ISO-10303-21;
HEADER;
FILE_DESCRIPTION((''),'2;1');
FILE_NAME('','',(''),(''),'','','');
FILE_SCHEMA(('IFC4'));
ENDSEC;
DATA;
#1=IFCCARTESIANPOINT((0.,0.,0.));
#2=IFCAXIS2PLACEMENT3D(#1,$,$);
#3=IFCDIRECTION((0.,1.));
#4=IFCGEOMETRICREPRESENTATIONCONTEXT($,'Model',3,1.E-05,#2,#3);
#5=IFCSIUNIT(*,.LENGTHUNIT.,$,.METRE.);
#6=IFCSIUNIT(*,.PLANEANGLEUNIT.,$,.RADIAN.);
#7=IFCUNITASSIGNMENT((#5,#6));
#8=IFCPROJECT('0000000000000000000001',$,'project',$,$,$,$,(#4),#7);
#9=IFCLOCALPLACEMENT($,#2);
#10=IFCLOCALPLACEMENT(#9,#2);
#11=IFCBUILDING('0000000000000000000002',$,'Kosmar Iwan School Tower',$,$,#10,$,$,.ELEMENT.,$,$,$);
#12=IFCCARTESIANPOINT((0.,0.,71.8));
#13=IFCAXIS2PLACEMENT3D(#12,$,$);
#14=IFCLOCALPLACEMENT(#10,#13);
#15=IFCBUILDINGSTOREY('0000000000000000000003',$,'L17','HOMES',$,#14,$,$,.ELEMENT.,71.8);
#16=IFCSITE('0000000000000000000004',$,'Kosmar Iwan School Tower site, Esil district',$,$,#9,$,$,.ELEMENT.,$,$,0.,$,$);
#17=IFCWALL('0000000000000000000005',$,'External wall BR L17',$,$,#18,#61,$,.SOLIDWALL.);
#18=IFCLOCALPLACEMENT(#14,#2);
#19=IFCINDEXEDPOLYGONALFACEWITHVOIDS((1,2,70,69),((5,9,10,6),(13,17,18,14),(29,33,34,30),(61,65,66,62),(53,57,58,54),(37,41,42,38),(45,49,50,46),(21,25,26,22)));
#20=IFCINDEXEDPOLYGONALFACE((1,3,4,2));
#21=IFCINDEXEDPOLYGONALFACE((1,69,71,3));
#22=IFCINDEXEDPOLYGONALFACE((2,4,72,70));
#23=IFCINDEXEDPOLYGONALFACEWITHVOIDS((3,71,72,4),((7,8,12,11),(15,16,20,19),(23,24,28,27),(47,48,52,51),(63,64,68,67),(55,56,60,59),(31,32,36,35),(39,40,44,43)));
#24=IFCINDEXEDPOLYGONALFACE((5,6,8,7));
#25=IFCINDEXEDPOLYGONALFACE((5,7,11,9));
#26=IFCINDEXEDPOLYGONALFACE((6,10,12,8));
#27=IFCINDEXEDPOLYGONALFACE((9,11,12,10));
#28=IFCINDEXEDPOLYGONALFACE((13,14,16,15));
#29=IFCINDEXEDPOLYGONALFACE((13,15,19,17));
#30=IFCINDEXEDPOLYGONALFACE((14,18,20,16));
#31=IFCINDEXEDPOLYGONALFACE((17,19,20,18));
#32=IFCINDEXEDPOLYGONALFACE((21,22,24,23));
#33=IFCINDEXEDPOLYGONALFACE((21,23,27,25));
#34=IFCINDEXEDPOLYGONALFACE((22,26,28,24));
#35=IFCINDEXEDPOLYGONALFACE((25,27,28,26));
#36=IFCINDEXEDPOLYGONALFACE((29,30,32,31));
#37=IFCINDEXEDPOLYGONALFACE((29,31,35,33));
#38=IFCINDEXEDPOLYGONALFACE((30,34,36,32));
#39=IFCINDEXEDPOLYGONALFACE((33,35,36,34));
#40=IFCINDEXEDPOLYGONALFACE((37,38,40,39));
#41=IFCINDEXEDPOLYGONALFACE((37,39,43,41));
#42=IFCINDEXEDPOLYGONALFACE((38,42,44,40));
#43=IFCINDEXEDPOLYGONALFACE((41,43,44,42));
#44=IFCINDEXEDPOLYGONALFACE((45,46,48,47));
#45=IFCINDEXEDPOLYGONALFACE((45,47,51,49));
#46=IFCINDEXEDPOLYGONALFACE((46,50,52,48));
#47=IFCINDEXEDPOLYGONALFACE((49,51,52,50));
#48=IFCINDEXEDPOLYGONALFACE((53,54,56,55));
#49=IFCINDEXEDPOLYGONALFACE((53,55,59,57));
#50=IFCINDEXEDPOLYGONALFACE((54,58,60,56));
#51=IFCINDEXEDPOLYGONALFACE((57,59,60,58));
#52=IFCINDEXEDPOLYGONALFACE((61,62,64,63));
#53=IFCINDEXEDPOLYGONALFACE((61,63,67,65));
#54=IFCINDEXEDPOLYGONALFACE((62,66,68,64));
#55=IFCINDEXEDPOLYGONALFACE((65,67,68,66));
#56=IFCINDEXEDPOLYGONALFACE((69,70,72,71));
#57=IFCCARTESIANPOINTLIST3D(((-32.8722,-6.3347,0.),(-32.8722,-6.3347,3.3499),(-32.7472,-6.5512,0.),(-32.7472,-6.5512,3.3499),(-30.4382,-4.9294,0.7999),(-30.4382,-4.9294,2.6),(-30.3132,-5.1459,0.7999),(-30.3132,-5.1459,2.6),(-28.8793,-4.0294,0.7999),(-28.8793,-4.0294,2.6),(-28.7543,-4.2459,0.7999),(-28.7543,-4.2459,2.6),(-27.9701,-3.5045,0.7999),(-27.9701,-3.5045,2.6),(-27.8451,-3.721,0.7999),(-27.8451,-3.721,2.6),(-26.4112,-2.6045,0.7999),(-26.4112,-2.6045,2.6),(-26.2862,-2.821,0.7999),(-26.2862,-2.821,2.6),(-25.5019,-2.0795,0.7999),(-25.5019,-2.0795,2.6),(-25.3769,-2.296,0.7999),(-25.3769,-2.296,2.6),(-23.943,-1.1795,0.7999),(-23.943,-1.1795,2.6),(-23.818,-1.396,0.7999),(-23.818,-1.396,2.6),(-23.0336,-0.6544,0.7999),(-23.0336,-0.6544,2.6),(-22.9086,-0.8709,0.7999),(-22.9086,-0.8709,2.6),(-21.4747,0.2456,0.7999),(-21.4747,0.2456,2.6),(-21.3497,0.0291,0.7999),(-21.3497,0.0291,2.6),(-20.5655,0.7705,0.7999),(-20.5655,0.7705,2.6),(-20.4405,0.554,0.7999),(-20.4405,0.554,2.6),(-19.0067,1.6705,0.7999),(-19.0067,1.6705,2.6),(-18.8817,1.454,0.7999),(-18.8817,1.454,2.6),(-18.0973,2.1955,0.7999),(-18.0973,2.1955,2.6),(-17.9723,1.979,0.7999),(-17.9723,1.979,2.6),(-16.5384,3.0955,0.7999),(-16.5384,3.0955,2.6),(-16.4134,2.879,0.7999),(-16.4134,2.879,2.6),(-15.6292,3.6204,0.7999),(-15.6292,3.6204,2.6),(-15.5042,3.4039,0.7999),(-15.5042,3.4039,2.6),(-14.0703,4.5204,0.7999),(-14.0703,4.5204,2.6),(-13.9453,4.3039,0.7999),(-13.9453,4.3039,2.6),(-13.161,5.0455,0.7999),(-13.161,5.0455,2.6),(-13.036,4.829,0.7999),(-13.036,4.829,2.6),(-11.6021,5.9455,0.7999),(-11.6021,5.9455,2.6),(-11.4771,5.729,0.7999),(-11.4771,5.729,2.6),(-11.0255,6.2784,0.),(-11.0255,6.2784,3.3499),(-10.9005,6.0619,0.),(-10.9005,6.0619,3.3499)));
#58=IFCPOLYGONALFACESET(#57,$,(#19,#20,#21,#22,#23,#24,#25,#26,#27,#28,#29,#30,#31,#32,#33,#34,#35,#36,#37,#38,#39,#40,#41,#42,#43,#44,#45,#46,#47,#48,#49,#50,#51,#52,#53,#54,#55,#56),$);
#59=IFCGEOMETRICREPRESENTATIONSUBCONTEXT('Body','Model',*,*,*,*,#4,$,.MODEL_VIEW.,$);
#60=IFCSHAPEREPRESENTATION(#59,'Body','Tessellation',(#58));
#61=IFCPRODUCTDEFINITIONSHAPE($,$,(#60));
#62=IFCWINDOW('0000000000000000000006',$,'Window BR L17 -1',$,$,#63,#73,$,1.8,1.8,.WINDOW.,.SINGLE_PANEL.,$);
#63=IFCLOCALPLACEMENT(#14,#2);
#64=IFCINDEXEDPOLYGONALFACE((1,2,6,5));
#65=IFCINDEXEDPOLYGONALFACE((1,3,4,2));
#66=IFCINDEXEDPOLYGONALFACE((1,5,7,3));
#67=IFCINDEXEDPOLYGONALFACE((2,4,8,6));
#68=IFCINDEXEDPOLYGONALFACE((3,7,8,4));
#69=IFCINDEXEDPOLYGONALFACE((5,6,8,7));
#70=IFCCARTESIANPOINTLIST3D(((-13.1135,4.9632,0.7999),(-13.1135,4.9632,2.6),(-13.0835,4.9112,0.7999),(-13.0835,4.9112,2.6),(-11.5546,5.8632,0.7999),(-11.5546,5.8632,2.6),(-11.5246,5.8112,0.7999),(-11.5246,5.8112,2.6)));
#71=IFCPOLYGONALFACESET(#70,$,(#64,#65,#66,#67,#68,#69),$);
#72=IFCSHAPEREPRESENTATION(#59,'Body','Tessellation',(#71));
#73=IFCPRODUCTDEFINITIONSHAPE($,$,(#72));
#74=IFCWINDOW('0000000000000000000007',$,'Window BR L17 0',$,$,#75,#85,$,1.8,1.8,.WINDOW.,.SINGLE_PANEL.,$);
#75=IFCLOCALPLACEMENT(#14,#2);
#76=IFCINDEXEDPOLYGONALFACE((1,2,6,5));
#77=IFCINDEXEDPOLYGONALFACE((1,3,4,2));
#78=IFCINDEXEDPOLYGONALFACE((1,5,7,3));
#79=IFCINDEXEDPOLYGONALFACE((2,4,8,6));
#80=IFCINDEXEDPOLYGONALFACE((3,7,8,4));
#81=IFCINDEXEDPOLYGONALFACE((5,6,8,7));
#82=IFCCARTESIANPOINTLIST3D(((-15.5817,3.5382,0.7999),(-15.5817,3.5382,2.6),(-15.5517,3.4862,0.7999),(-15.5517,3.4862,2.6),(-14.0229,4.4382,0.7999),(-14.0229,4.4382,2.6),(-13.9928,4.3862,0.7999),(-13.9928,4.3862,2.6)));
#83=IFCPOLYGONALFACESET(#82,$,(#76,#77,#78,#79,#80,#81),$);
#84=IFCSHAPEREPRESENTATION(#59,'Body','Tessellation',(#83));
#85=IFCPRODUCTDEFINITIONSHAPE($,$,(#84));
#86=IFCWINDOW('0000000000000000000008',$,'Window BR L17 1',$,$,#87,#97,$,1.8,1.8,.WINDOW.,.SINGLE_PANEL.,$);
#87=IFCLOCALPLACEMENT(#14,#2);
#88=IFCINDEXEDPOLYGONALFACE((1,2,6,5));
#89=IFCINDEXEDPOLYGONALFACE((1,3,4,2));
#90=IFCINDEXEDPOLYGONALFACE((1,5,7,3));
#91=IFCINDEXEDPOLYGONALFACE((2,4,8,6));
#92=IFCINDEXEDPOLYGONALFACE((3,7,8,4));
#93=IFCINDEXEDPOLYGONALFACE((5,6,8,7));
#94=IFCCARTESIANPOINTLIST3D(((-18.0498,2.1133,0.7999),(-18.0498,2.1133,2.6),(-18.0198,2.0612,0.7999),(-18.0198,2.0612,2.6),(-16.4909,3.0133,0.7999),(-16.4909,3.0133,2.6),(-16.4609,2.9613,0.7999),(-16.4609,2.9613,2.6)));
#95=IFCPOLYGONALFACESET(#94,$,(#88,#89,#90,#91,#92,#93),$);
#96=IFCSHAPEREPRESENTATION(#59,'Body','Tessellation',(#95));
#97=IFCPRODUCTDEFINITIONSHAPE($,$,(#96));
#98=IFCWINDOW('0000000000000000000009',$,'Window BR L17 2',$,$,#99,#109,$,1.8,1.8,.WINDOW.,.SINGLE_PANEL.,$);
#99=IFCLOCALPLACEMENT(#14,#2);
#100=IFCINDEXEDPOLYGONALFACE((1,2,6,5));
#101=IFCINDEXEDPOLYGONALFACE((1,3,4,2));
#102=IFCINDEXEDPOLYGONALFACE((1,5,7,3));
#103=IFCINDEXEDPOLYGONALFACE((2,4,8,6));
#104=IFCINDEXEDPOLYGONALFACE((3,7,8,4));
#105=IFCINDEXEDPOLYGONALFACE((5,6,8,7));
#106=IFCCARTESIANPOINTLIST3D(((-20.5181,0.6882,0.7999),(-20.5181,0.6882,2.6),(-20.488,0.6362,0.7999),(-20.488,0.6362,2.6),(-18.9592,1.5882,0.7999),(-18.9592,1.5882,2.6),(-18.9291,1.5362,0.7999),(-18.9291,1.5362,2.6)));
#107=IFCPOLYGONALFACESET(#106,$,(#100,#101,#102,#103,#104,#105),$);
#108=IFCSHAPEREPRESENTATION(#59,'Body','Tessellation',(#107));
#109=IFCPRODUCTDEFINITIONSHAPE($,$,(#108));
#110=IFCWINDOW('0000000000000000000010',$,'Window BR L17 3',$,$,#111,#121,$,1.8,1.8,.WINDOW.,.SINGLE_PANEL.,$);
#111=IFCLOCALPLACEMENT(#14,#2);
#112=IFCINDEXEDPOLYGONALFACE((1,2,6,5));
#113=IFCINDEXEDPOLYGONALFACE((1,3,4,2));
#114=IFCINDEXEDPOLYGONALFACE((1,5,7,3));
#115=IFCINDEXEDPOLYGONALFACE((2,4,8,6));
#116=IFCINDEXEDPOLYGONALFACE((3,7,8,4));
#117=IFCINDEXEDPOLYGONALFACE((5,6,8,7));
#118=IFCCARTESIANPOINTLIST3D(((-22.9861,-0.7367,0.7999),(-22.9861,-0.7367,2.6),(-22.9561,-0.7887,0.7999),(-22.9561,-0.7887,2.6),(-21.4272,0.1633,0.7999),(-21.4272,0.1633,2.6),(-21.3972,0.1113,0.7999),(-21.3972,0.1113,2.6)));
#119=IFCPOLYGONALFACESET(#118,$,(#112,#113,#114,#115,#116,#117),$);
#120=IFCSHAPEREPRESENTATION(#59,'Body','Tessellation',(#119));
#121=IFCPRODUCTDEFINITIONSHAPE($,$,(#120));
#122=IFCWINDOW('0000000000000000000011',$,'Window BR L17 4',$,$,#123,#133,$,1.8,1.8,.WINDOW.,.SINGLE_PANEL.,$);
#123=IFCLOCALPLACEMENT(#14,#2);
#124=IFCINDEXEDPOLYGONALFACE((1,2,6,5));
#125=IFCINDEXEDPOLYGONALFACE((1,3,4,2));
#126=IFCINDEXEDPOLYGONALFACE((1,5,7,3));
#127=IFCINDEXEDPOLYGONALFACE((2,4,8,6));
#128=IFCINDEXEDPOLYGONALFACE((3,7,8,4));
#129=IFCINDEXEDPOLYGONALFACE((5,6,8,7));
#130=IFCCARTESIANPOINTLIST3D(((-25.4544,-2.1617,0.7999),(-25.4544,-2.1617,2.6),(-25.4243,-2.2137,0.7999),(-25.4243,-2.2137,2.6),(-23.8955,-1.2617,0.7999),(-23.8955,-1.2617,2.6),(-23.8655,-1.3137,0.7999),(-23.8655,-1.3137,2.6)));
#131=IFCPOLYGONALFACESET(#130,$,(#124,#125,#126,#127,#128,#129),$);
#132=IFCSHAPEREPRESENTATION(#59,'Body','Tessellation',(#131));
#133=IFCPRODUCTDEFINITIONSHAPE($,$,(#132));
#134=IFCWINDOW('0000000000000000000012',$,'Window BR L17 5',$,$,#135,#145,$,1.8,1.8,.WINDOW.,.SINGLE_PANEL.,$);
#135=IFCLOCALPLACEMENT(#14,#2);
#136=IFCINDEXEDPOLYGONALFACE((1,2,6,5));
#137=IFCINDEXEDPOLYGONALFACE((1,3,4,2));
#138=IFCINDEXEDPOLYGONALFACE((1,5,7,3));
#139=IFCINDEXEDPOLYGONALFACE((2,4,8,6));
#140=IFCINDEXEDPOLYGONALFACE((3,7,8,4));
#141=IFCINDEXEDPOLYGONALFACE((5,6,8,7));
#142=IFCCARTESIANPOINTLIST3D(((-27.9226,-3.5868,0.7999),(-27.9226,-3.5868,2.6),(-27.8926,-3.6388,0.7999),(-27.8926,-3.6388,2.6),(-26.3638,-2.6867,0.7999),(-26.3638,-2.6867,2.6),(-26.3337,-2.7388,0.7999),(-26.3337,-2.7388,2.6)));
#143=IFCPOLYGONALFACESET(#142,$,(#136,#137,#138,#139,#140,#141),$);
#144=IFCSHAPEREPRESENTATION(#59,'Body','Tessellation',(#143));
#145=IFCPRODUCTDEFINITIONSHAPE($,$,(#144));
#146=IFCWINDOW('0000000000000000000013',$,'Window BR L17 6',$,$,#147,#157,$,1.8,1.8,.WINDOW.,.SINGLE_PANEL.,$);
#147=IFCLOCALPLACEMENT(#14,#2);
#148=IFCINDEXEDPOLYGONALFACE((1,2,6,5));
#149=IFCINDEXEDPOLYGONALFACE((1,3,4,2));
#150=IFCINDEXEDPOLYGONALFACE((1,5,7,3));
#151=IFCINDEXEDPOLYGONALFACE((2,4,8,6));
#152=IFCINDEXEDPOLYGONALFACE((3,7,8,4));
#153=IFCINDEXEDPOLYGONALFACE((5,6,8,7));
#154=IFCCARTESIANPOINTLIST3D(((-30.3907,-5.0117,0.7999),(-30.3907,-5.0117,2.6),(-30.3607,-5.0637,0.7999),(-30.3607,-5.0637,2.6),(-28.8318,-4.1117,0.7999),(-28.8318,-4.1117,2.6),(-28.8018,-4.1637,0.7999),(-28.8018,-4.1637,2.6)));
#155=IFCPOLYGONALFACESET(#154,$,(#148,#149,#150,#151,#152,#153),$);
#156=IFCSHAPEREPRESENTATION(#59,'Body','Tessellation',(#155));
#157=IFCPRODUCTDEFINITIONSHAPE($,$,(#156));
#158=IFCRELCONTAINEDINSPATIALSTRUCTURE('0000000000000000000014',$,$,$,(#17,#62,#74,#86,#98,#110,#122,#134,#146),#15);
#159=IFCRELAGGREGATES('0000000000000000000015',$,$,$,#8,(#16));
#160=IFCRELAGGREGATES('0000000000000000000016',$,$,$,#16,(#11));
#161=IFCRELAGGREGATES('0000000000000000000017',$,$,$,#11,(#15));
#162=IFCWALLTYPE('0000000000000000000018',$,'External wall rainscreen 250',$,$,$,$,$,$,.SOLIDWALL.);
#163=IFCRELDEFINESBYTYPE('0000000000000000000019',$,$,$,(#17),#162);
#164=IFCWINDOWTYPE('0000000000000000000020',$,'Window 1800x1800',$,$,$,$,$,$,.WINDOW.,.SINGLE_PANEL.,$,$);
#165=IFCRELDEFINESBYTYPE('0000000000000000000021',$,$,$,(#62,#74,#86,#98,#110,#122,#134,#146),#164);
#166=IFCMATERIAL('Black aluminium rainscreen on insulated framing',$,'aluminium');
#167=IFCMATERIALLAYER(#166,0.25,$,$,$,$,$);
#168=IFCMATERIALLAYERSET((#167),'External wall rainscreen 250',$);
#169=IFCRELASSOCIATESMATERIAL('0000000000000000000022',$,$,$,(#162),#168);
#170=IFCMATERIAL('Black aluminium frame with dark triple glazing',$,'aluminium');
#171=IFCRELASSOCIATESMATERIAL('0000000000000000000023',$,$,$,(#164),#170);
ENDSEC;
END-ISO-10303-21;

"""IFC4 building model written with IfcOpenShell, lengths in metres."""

from ifc_helpers import new_model, si_unit, direction, frame, frame_2d, origin, place, context, subcontext, project, spatial, rectangle, extrude, material, layer, layer_set, type_object, element, fill, save


model = new_model("IFC4")

# Units and contexts
model_context = context("Model", 3, precision=1e-05, world=origin(), true_north=direction((0.0, 1.0)))
body_context = subcontext(model_context, "Body", "Model", "MODEL_VIEW")
ifc_project = project(units=[si_unit("LENGTHUNIT", "METRE"), si_unit("PLANEANGLEUNIT", "RADIAN")], contexts=[model_context])

# Site, building, storey
site_placement = place(None, origin())
site = spatial("IfcSite", under=ifc_project, at=site_placement, Name="Kosmar Iwan School Tower site, Esil district", CompositionType="ELEMENT", RefElevation=0.0)
building_placement = place(site_placement, origin())
building = spatial("IfcBuilding", under=site, at=building_placement, Name="Kosmar Iwan School Tower", CompositionType="ELEMENT")
storey_placement = place(building_placement, frame((0.0, 0.0, 71.8)))
storey = spatial("IfcBuildingStorey", under=building, at=storey_placement, Name="L17", Description="HOMES", CompositionType="ELEMENT", Elevation=71.8)

# Wall, openings, windows
ifc_material_1 = material(Name="Black aluminium rainscreen on insulated framing", Category="aluminium")
ifc_layer = layer(ifc_material_1, 0.25)
ifc_layer_set = layer_set([ifc_layer], Name="External wall rainscreen 250")
wall_type = type_object("IfcWallType", Name="External wall rainscreen 250", PredefinedType="SOLIDWALL", material=ifc_layer_set)
ifc_material_2 = material(Name="Black aluminium frame with dark triple glazing", Category="aluminium")
window_type = type_object("IfcWindowType", Name="Window 1800x1800", PartitioningType="SINGLE_PANEL", PredefinedType="WINDOW", material=ifc_material_2)
wall_1_placement = place(storey_placement, frame((-10.9629, 6.1702, 0.0), z_axis=(0.0, 0.0, 1.0), x_axis=(-0.866028, -0.499996, 0.0)))
wall_1 = element("IfcWall", 1, at=wall_1_placement, inside=storey, type_object=wall_type, Name="External wall BR L17", PredefinedType="SOLIDWALL", context=body_context, shape_type="SweptSolid", body=[
    extrude(rectangle(XDim=25.2263, YDim=0.25, at=frame_2d((12.6133, 0.0))), origin(), (0.0, 0.0, 1.0), 3.3499),
])
opening_1_placement = place(wall_1_placement, frame((0.666, 0.0, 0.8)))
opening_1 = element("IfcOpeningElement", 2, at=opening_1_placement, cuts=wall_1, PredefinedType="OPENING", context=body_context, shape_type="SweptSolid", body=[
    extrude(rectangle(XDim=1.8, YDim=1.8, at=frame_2d((0.8999, 0.8999))), frame((0.0, 0.137, 0.0), z_axis=(0.0, -1.0, 0.0), x_axis=(1.0, 0.0, 0.0)), (0.0, 0.0, 1.0), 0.2739),
])
opening_2_placement = place(wall_1_placement, frame((3.5161, 0.0, 0.8)))
opening_2 = element("IfcOpeningElement", 3, at=opening_2_placement, cuts=wall_1, PredefinedType="OPENING", context=body_context, shape_type="SweptSolid", body=[
    extrude(rectangle(XDim=1.8, YDim=1.8, at=frame_2d((0.8999, 0.8999))), frame((0.0, 0.137, 0.0), z_axis=(0.0, -1.0, 0.0), x_axis=(1.0, 0.0, 0.0)), (0.0, 0.0, 1.0), 0.2739),
])
opening_3_placement = place(wall_1_placement, frame((6.366, 0.0, 0.8)))
opening_3 = element("IfcOpeningElement", 4, at=opening_3_placement, cuts=wall_1, PredefinedType="OPENING", context=body_context, shape_type="SweptSolid", body=[
    extrude(rectangle(XDim=1.8, YDim=1.8, at=frame_2d((0.8999, 0.8999))), frame((0.0, 0.137, 0.0), z_axis=(0.0, -1.0, 0.0), x_axis=(1.0, 0.0, 0.0)), (0.0, 0.0, 1.0), 0.2739),
])
opening_4_placement = place(wall_1_placement, frame((9.2161, 0.0, 0.8)))
opening_4 = element("IfcOpeningElement", 5, at=opening_4_placement, cuts=wall_1, PredefinedType="OPENING", context=body_context, shape_type="SweptSolid", body=[
    extrude(rectangle(XDim=1.8, YDim=1.8, at=frame_2d((0.8999, 0.8999))), frame((0.0, 0.137, 0.0), z_axis=(0.0, -1.0, 0.0), x_axis=(1.0, 0.0, 0.0)), (0.0, 0.0, 1.0), 0.2739),
])
opening_5_placement = place(wall_1_placement, frame((12.0659, 0.0, 0.8)))
opening_5 = element("IfcOpeningElement", 6, at=opening_5_placement, cuts=wall_1, PredefinedType="OPENING", context=body_context, shape_type="SweptSolid", body=[
    extrude(rectangle(XDim=1.8, YDim=1.8, at=frame_2d((0.8999, 0.8999))), frame((0.0, 0.137, 0.0), z_axis=(0.0, -1.0, 0.0), x_axis=(1.0, 0.0, 0.0)), (0.0, 0.0, 1.0), 0.2739),
])
opening_6_placement = place(wall_1_placement, frame((14.916, 0.0, 0.8)))
opening_6 = element("IfcOpeningElement", 7, at=opening_6_placement, cuts=wall_1, PredefinedType="OPENING", context=body_context, shape_type="SweptSolid", body=[
    extrude(rectangle(XDim=1.8, YDim=1.8, at=frame_2d((0.8999, 0.8999))), frame((0.0, 0.137, 0.0), z_axis=(0.0, -1.0, 0.0), x_axis=(1.0, 0.0, 0.0)), (0.0, 0.0, 1.0), 0.2739),
])
opening_7_placement = place(wall_1_placement, frame((17.7661, 0.0, 0.8)))
opening_7 = element("IfcOpeningElement", 8, at=opening_7_placement, cuts=wall_1, PredefinedType="OPENING", context=body_context, shape_type="SweptSolid", body=[
    extrude(rectangle(XDim=1.8, YDim=1.8, at=frame_2d((0.8999, 0.8999))), frame((0.0, 0.137, 0.0), z_axis=(0.0, -1.0, 0.0), x_axis=(1.0, 0.0, 0.0)), (0.0, 0.0, 1.0), 0.2739),
])
opening_8_placement = place(wall_1_placement, frame((20.616, 0.0, 0.8)))
opening_8 = element("IfcOpeningElement", 9, at=opening_8_placement, cuts=wall_1, PredefinedType="OPENING", context=body_context, shape_type="SweptSolid", body=[
    extrude(rectangle(XDim=1.8, YDim=1.8, at=frame_2d((0.8999, 0.8999))), frame((0.0, 0.137, 0.0), z_axis=(0.0, -1.0, 0.0), x_axis=(1.0, 0.0, 0.0)), (0.0, 0.0, 1.0), 0.2739),
])
window_1_placement = place(opening_1_placement, origin())
window_1 = element("IfcWindow", 10, at=window_1_placement, inside=storey, type_object=window_type, Name="Window BR L17 -1", OverallHeight=1.8, OverallWidth=1.8, PartitioningType="SINGLE_PANEL", PredefinedType="WINDOW", context=body_context, shape_type="SweptSolid", body=[
    extrude(rectangle(XDim=1.8, YDim=1.8, at=frame_2d((0.8999, 0.8999))), frame((0.0, 0.03, 0.0), z_axis=(0.0, -1.0, 0.0), x_axis=(1.0, 0.0, 0.0)), (0.0, 0.0, 1.0), 0.0601),
])
fill(opening_1, window_1)
window_2_placement = place(opening_2_placement, origin())
window_2 = element("IfcWindow", 11, at=window_2_placement, inside=storey, type_object=window_type, Name="Window BR L17 0", OverallHeight=1.8, OverallWidth=1.8, PartitioningType="SINGLE_PANEL", PredefinedType="WINDOW", context=body_context, shape_type="SweptSolid", body=[
    extrude(rectangle(XDim=1.8, YDim=1.8, at=frame_2d((0.8999, 0.8999))), frame((0.0, 0.03, 0.0), z_axis=(0.0, -1.0, 0.0), x_axis=(1.0, 0.0, 0.0)), (0.0, 0.0, 1.0), 0.0601),
])
fill(opening_2, window_2)
window_3_placement = place(opening_3_placement, origin())
window_3 = element("IfcWindow", 12, at=window_3_placement, inside=storey, type_object=window_type, Name="Window BR L17 1", OverallHeight=1.8, OverallWidth=1.8, PartitioningType="SINGLE_PANEL", PredefinedType="WINDOW", context=body_context, shape_type="SweptSolid", body=[
    extrude(rectangle(XDim=1.8, YDim=1.8, at=frame_2d((0.8999, 0.8999))), frame((0.0, 0.03, 0.0), z_axis=(0.0, -1.0, 0.0), x_axis=(1.0, 0.0, 0.0)), (0.0, 0.0, 1.0), 0.0601),
])
fill(opening_3, window_3)
window_4_placement = place(opening_4_placement, origin())
window_4 = element("IfcWindow", 13, at=window_4_placement, inside=storey, type_object=window_type, Name="Window BR L17 2", OverallHeight=1.8, OverallWidth=1.8, PartitioningType="SINGLE_PANEL", PredefinedType="WINDOW", context=body_context, shape_type="SweptSolid", body=[
    extrude(rectangle(XDim=1.8, YDim=1.8, at=frame_2d((0.8999, 0.8999))), frame((0.0, 0.03, 0.0), z_axis=(0.0, -1.0, 0.0), x_axis=(1.0, 0.0, 0.0)), (0.0, 0.0, 1.0), 0.0601),
])
fill(opening_4, window_4)
window_5_placement = place(opening_5_placement, origin())
window_5 = element("IfcWindow", 14, at=window_5_placement, inside=storey, type_object=window_type, Name="Window BR L17 3", OverallHeight=1.8, OverallWidth=1.8, PartitioningType="SINGLE_PANEL", PredefinedType="WINDOW", context=body_context, shape_type="SweptSolid", body=[
    extrude(rectangle(XDim=1.8, YDim=1.8, at=frame_2d((0.8999, 0.8999))), frame((0.0, 0.03, 0.0), z_axis=(0.0, -1.0, 0.0), x_axis=(1.0, 0.0, 0.0)), (0.0, 0.0, 1.0), 0.0601),
])
fill(opening_5, window_5)
window_6_placement = place(opening_6_placement, origin())
window_6 = element("IfcWindow", 15, at=window_6_placement, inside=storey, type_object=window_type, Name="Window BR L17 4", OverallHeight=1.8, OverallWidth=1.8, PartitioningType="SINGLE_PANEL", PredefinedType="WINDOW", context=body_context, shape_type="SweptSolid", body=[
    extrude(rectangle(XDim=1.8, YDim=1.8, at=frame_2d((0.8999, 0.8999))), frame((0.0, 0.03, 0.0), z_axis=(0.0, -1.0, 0.0), x_axis=(1.0, 0.0, 0.0)), (0.0, 0.0, 1.0), 0.0601),
])
fill(opening_6, window_6)
window_7_placement = place(opening_7_placement, origin())
window_7 = element("IfcWindow", 16, at=window_7_placement, inside=storey, type_object=window_type, Name="Window BR L17 5", OverallHeight=1.8, OverallWidth=1.8, PartitioningType="SINGLE_PANEL", PredefinedType="WINDOW", context=body_context, shape_type="SweptSolid", body=[
    extrude(rectangle(XDim=1.8, YDim=1.8, at=frame_2d((0.8999, 0.8999))), frame((0.0, 0.03, 0.0), z_axis=(0.0, -1.0, 0.0), x_axis=(1.0, 0.0, 0.0)), (0.0, 0.0, 1.0), 0.0601),
])
fill(opening_7, window_7)
window_8_placement = place(opening_8_placement, origin())
window_8 = element("IfcWindow", 17, at=window_8_placement, inside=storey, type_object=window_type, Name="Window BR L17 6", OverallHeight=1.8, OverallWidth=1.8, PartitioningType="SINGLE_PANEL", PredefinedType="WINDOW", context=body_context, shape_type="SweptSolid", body=[
    extrude(rectangle(XDim=1.8, YDim=1.8, at=frame_2d((0.8999, 0.8999))), frame((0.0, 0.03, 0.0), z_axis=(0.0, -1.0, 0.0), x_axis=(1.0, 0.0, 0.0)), (0.0, 0.0, 1.0), 0.0601),
])
fill(opening_8, window_8)

save(model, "model.ifc")
